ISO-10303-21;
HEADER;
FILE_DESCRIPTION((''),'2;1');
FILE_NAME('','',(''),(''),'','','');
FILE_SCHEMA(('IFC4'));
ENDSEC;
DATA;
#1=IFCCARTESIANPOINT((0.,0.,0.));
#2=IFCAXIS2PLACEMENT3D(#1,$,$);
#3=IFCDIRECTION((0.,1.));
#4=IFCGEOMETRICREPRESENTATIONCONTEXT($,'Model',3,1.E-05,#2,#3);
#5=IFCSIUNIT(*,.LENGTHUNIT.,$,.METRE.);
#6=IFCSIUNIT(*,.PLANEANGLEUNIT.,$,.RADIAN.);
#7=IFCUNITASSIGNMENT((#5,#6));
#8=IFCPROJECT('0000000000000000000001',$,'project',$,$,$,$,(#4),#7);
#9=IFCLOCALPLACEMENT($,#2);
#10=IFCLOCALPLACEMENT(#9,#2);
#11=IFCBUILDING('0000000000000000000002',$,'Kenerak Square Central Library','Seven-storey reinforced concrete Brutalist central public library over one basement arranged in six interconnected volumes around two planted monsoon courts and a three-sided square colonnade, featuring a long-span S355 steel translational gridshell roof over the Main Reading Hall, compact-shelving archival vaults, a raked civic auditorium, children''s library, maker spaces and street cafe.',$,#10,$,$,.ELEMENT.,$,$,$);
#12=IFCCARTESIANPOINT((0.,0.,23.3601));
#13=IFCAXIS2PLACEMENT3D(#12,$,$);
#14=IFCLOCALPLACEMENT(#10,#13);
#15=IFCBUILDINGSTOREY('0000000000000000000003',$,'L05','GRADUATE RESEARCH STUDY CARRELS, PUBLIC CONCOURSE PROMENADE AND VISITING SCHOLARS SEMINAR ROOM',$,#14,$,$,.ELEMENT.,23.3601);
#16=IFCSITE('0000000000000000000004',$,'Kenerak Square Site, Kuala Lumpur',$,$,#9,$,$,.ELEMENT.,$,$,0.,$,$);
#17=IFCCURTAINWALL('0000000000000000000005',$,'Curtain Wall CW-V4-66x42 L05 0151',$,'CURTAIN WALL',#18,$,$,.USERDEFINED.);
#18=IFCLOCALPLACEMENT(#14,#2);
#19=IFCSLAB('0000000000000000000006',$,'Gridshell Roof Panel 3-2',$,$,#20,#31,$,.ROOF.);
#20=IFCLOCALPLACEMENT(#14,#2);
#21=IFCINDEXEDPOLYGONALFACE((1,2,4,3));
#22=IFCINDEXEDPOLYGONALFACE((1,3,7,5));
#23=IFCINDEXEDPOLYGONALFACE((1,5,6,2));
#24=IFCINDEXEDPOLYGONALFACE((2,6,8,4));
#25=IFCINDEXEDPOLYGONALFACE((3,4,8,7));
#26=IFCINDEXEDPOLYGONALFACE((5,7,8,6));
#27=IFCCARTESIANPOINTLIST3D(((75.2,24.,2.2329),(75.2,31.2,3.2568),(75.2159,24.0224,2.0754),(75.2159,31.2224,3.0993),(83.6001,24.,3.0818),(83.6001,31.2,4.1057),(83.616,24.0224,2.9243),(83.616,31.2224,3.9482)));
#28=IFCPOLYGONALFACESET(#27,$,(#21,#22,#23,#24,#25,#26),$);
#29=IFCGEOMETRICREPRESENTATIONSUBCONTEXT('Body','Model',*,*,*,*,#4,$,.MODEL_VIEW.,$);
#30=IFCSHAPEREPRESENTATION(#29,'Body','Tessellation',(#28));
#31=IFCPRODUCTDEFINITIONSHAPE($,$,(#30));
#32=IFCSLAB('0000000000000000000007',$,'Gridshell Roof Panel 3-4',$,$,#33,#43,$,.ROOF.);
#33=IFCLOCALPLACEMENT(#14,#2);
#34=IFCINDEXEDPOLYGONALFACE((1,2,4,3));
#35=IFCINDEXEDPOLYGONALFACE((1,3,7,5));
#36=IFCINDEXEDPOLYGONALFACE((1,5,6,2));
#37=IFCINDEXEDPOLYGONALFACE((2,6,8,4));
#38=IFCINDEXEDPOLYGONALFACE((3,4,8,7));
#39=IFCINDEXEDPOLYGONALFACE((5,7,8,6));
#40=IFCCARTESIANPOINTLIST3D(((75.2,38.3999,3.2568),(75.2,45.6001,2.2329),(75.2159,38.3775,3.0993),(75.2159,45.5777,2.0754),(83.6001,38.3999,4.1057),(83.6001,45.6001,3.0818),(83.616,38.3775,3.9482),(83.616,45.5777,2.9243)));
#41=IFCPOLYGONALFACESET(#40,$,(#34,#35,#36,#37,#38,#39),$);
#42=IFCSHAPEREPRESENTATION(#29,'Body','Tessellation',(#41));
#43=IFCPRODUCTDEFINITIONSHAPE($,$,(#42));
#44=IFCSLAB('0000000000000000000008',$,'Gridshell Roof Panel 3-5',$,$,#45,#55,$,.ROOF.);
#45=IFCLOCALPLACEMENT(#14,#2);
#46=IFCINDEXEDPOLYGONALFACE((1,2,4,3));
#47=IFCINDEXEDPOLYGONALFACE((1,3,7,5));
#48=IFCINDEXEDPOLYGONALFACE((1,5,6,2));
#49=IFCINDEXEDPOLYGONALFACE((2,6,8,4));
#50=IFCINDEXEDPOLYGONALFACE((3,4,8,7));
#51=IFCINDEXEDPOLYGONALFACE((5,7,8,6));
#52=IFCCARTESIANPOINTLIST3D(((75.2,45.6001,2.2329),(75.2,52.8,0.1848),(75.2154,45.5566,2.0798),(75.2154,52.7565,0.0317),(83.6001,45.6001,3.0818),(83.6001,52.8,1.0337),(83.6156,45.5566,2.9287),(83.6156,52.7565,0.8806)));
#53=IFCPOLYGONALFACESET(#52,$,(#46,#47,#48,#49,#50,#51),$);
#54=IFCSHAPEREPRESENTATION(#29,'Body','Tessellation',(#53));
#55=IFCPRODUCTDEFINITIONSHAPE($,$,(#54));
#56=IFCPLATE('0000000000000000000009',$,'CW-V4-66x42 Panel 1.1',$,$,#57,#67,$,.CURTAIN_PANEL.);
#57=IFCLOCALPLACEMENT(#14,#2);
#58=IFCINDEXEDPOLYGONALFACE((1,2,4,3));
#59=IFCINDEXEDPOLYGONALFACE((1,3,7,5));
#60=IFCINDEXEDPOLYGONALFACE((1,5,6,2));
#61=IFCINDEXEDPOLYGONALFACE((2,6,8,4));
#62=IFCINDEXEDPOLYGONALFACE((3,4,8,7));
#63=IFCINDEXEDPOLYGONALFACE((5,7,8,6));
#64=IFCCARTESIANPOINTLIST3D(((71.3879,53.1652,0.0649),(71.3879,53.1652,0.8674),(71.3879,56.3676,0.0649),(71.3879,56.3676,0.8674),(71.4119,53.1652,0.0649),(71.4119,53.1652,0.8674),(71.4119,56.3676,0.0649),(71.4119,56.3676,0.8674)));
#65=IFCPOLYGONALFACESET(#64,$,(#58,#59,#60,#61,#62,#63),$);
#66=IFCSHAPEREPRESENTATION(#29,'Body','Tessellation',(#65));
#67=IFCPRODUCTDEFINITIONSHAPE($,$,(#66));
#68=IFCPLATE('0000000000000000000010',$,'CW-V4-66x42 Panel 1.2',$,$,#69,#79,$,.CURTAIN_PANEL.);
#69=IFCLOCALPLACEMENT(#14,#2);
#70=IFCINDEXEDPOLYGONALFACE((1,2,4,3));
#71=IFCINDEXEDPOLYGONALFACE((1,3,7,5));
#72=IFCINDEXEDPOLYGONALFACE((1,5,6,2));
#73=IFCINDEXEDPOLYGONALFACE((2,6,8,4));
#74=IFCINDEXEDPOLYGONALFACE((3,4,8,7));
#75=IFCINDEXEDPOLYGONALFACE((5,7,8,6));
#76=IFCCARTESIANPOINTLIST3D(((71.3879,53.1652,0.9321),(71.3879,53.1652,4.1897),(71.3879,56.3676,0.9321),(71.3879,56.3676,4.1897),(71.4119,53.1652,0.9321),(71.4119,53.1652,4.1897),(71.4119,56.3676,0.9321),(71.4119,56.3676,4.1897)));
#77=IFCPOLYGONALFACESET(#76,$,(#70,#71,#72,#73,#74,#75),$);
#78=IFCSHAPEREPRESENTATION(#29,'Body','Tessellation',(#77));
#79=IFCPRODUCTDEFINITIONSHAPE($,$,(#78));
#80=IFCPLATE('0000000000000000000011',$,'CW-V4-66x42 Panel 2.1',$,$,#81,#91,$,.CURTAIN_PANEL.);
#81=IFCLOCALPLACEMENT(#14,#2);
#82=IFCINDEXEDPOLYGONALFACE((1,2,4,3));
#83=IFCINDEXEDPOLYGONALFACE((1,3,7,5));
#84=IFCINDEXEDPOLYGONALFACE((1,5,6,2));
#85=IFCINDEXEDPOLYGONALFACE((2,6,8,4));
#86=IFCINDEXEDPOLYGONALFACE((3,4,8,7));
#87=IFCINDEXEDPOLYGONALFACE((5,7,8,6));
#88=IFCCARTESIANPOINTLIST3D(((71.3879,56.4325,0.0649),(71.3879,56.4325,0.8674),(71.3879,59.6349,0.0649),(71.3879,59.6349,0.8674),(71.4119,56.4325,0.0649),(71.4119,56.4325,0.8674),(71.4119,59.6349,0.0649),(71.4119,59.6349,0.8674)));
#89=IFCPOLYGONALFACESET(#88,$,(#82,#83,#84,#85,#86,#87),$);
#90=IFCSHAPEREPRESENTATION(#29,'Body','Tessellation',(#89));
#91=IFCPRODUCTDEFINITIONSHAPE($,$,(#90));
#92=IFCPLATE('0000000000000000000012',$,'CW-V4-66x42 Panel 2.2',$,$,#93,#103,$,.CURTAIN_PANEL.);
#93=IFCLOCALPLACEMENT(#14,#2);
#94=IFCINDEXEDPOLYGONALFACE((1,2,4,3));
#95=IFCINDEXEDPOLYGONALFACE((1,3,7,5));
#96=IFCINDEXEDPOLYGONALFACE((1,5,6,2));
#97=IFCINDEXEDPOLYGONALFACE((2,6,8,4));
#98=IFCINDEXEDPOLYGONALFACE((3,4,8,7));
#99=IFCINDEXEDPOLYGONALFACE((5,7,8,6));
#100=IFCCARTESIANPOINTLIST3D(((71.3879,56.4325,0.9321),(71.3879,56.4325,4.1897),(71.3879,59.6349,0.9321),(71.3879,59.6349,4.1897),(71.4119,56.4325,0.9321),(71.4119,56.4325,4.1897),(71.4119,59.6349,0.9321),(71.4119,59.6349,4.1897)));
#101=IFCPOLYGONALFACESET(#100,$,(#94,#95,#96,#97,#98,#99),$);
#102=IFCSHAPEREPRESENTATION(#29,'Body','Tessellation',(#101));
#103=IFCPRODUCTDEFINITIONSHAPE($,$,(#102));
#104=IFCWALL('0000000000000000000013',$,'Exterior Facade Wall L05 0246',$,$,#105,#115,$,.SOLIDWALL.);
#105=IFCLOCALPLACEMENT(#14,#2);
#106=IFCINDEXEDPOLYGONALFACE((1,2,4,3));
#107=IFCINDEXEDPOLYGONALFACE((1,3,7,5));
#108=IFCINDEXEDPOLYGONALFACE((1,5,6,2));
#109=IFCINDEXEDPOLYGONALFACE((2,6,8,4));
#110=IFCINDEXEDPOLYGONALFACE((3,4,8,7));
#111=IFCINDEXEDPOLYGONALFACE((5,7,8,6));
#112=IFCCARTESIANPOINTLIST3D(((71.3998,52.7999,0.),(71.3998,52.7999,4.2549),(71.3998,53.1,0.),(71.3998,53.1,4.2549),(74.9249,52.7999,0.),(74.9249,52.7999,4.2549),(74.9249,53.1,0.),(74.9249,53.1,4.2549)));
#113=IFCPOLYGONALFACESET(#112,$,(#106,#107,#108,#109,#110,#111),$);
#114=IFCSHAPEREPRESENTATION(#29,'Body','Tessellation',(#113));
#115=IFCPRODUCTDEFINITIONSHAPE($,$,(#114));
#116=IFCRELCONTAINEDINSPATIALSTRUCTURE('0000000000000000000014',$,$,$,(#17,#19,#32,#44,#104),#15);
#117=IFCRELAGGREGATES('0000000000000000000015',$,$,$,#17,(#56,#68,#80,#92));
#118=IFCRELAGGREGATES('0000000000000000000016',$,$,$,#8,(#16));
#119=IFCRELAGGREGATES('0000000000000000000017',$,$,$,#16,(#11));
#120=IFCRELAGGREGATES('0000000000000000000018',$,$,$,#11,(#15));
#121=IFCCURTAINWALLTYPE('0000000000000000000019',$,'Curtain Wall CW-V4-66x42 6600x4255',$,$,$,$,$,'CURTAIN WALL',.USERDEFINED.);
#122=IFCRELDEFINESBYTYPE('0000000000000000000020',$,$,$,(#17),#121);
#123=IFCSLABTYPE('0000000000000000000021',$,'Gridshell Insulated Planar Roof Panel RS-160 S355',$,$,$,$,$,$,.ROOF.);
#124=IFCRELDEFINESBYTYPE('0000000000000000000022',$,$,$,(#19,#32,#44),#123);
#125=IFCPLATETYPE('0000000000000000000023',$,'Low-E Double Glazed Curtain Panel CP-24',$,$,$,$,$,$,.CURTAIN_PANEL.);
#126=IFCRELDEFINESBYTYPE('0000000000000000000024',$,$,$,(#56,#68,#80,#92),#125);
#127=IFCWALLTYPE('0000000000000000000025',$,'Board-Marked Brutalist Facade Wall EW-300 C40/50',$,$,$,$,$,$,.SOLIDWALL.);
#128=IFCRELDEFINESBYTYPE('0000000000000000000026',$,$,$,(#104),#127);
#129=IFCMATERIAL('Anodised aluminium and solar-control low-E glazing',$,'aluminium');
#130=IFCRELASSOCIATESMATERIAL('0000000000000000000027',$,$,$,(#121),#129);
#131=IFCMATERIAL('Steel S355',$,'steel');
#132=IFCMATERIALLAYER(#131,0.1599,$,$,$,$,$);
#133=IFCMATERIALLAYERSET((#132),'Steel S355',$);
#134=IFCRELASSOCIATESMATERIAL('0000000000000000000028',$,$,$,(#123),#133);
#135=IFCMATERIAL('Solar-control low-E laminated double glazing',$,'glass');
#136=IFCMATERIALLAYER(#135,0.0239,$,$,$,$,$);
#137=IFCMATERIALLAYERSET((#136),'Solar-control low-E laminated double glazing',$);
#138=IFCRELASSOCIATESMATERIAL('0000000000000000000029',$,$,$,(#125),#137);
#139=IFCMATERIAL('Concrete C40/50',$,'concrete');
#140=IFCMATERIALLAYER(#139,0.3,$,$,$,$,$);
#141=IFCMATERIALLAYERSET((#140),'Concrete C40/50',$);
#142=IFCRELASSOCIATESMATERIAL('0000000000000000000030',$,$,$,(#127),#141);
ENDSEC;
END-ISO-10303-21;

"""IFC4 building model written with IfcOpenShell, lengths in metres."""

from ifc_helpers import new_model, si_unit, direction, frame, frame_2d, origin, origin_2d, place, context, subcontext, project, spatial, polyline, rectangle, outline, extrude, material, layer, layer_set, type_object, element, aggregate, save


model = new_model("IFC4")

# Units and contexts
model_context = context("Model", 3, precision=1e-05, world=origin(), true_north=direction((0.0, 1.0)))
body_context = subcontext(model_context, "Body", "Model", "MODEL_VIEW")
ifc_project = project(units=[si_unit("LENGTHUNIT", "METRE"), si_unit("PLANEANGLEUNIT", "RADIAN")], contexts=[model_context])

# Site, building, storey
site_placement = place(None, origin())
site = spatial("IfcSite", under=ifc_project, at=site_placement, Name="Kenerak Square Site, Kuala Lumpur", CompositionType="ELEMENT", RefElevation=0.0)
building_placement = place(site_placement, origin())
building = spatial("IfcBuilding", under=site, at=building_placement, Name="Kenerak Square Central Library", Description="Seven-storey reinforced concrete Brutalist central public library over one basement arranged in six interconnected volumes around two planted monsoon courts and a three-sided square colonnade, featuring a long-span S355 steel translational gridshell roof over the Main Reading Hall, compact-shelving archival vaults, a raked civic auditorium, children's library, maker spaces and street cafe.", CompositionType="ELEMENT")
storey_placement = place(building_placement, frame((0.0, 0.0, 23.3601)))
storey = spatial("IfcBuildingStorey", under=building, at=storey_placement, Name="L05", Description="GRADUATE RESEARCH STUDY CARRELS, PUBLIC CONCOURSE PROMENADE AND VISITING SCHOLARS SEMINAR ROOM", CompositionType="ELEMENT", Elevation=23.3601)

# Shared definitions
ifc_material_1 = material(Name="Concrete C40/50", Category="concrete")

# Curtain wall
ifc_material_2 = material(Name="Anodised aluminium and solar-control low-E glazing", Category="aluminium")
curtain_wall_type = type_object("IfcCurtainWallType", Name="Curtain Wall CW-V4-66x42 6600x4255", ElementType="CURTAIN WALL", PredefinedType="USERDEFINED", material=ifc_material_2)
curtain_wall_placement = place(storey_placement, origin())
curtain_wall = element("IfcCurtainWall", 1, at=curtain_wall_placement, inside=storey, type_object=curtain_wall_type, Name="Curtain Wall CW-V4-66x42 L05 0151", ObjectType="CURTAIN WALL", PredefinedType="USERDEFINED")

# Slabs
ifc_material_3 = material(Name="Steel S355", Category="steel")
ifc_layer_1 = layer(ifc_material_3, 0.1599)
ifc_layer_set_1 = layer_set([ifc_layer_1], Name="Steel S355")
slab_type = type_object("IfcSlabType", Name="Gridshell Insulated Planar Roof Panel RS-160 S355", PredefinedType="ROOF", material=ifc_layer_set_1)
slab_1_placement = place(storey_placement, frame((75.2, 24.0, 2.2329), z_axis=(-0.099551, -0.140097, 0.985121), x_axis=(0.994933, 0.0, 0.100543)))
element("IfcSlab", 2, at=slab_1_placement, inside=storey, type_object=slab_type, Name="Gridshell Roof Panel 3-2", PredefinedType="ROOF", context=body_context, shape_type="SweptSolid", body=[
    extrude(outline(polyline([(0.0, 0.0), (8.4429, 0.0), (8.5459, 7.2717), (0.1029, 7.2717), (0.0, 0.0)])), origin(), (0.0, 0.0, -1.0), 0.1599),
])
slab_2_placement = place(storey_placement, frame((75.2, 38.3999, 3.2568), z_axis=(-0.099551, 0.140092, 0.985121), x_axis=(0.994933, 0.0, 0.100543)))
element("IfcSlab", 3, at=slab_2_placement, inside=storey, type_object=slab_type, Name="Gridshell Roof Panel 3-4", PredefinedType="ROOF", context=body_context, shape_type="SweptSolid", body=[
    extrude(outline(polyline([(0.0, 0.0), (8.4429, 0.0), (8.34, 7.2719), (-0.1029, 7.2719), (0.0, 0.0)])), origin(), (0.0, 0.0, -1.0), 0.1599),
])
slab_3_placement = place(storey_placement, frame((75.2, 45.6001, 2.2329), z_axis=(-0.096743, 0.272322, 0.95733), x_axis=(0.994933, 0.0, 0.100543)))
element("IfcSlab", 4, at=slab_3_placement, inside=storey, type_object=slab_type, Name="Gridshell Roof Panel 3-5", PredefinedType="ROOF", context=body_context, shape_type="SweptSolid", body=[
    extrude(outline(polyline([(0.0, 0.0), (8.4429, 0.0), (8.237, 7.4828), (-0.2059, 7.4828), (0.0, 0.0)])), origin(), (0.0, 0.0, -1.0), 0.1599),
])

# Plates
ifc_material_4 = material(Name="Solar-control low-E laminated double glazing", Category="glass")
ifc_layer_2 = layer(ifc_material_4, 0.0239)
ifc_layer_set_2 = layer_set([ifc_layer_2], Name="Solar-control low-E laminated double glazing")
plate_type = type_object("IfcPlateType", Name="Low-E Double Glazed Curtain Panel CP-24", PredefinedType="CURTAIN_PANEL", material=ifc_layer_set_2)
plate_1_placement = place(storey_placement, frame((71.3999, 54.7664, 0.0649), z_axis=(0.0, 0.0, 1.0), x_axis=(0.0, 1.0, 0.0)))
plate_1 = element("IfcPlate", 5, at=plate_1_placement, type_object=plate_type, Name="CW-V4-66x42 Panel 1.1", PredefinedType="CURTAIN_PANEL", context=body_context, shape_type="SweptSolid", body=[
    extrude(rectangle(XDim=3.2024, YDim=0.0239, at=origin_2d()), origin(), (0.0, 0.0, 1.0), 0.8025),
])
plate_2_placement = place(storey_placement, frame((71.3999, 54.7664, 0.9321), z_axis=(0.0, 0.0, 1.0), x_axis=(0.0, 1.0, 0.0)))
plate_2 = element("IfcPlate", 6, at=plate_2_placement, type_object=plate_type, Name="CW-V4-66x42 Panel 1.2", PredefinedType="CURTAIN_PANEL", context=body_context, shape_type="SweptSolid", body=[
    extrude(rectangle(XDim=3.2024, YDim=0.0239, at=origin_2d()), origin(), (0.0, 0.0, 1.0), 3.2576),
])
plate_3_placement = place(storey_placement, frame((71.3999, 58.0337, 0.0649), z_axis=(0.0, 0.0, 1.0), x_axis=(0.0, 1.0, 0.0)))
plate_3 = element("IfcPlate", 7, at=plate_3_placement, type_object=plate_type, Name="CW-V4-66x42 Panel 2.1", PredefinedType="CURTAIN_PANEL", context=body_context, shape_type="SweptSolid", body=[
    extrude(rectangle(XDim=3.2024, YDim=0.0239, at=origin_2d()), origin(), (0.0, 0.0, 1.0), 0.8025),
])
plate_4_placement = place(storey_placement, frame((71.3999, 58.0337, 0.9321), z_axis=(0.0, 0.0, 1.0), x_axis=(0.0, 1.0, 0.0)))
plate_4 = element("IfcPlate", 8, at=plate_4_placement, type_object=plate_type, Name="CW-V4-66x42 Panel 2.2", PredefinedType="CURTAIN_PANEL", context=body_context, shape_type="SweptSolid", body=[
    extrude(rectangle(XDim=3.2024, YDim=0.0239, at=origin_2d()), origin(), (0.0, 0.0, 1.0), 3.2576),
])
aggregate(curtain_wall, [plate_1, plate_2, plate_3, plate_4])

# Wall
ifc_layer_3 = layer(ifc_material_1, 0.3)
ifc_layer_set_3 = layer_set([ifc_layer_3], Name="Concrete C40/50")
wall_type = type_object("IfcWallType", Name="Board-Marked Brutalist Facade Wall EW-300 C40/50", PredefinedType="SOLIDWALL", material=ifc_layer_set_3)
wall_placement = place(storey_placement, frame((74.925, 52.95, 0.0), z_axis=(0.0, 0.0, 1.0), x_axis=(-1.0, 0.0, 0.0)))
element("IfcWall", 9, at=wall_placement, inside=storey, type_object=wall_type, Name="Exterior Facade Wall L05 0246", PredefinedType="SOLIDWALL", context=body_context, shape_type="SweptSolid", body=[
    extrude(rectangle(XDim=3.5251, YDim=0.3, at=frame_2d((1.7627, 0.0))), origin(), (0.0, 0.0, 1.0), 4.2549),
])

save(model, "model.ifc")
